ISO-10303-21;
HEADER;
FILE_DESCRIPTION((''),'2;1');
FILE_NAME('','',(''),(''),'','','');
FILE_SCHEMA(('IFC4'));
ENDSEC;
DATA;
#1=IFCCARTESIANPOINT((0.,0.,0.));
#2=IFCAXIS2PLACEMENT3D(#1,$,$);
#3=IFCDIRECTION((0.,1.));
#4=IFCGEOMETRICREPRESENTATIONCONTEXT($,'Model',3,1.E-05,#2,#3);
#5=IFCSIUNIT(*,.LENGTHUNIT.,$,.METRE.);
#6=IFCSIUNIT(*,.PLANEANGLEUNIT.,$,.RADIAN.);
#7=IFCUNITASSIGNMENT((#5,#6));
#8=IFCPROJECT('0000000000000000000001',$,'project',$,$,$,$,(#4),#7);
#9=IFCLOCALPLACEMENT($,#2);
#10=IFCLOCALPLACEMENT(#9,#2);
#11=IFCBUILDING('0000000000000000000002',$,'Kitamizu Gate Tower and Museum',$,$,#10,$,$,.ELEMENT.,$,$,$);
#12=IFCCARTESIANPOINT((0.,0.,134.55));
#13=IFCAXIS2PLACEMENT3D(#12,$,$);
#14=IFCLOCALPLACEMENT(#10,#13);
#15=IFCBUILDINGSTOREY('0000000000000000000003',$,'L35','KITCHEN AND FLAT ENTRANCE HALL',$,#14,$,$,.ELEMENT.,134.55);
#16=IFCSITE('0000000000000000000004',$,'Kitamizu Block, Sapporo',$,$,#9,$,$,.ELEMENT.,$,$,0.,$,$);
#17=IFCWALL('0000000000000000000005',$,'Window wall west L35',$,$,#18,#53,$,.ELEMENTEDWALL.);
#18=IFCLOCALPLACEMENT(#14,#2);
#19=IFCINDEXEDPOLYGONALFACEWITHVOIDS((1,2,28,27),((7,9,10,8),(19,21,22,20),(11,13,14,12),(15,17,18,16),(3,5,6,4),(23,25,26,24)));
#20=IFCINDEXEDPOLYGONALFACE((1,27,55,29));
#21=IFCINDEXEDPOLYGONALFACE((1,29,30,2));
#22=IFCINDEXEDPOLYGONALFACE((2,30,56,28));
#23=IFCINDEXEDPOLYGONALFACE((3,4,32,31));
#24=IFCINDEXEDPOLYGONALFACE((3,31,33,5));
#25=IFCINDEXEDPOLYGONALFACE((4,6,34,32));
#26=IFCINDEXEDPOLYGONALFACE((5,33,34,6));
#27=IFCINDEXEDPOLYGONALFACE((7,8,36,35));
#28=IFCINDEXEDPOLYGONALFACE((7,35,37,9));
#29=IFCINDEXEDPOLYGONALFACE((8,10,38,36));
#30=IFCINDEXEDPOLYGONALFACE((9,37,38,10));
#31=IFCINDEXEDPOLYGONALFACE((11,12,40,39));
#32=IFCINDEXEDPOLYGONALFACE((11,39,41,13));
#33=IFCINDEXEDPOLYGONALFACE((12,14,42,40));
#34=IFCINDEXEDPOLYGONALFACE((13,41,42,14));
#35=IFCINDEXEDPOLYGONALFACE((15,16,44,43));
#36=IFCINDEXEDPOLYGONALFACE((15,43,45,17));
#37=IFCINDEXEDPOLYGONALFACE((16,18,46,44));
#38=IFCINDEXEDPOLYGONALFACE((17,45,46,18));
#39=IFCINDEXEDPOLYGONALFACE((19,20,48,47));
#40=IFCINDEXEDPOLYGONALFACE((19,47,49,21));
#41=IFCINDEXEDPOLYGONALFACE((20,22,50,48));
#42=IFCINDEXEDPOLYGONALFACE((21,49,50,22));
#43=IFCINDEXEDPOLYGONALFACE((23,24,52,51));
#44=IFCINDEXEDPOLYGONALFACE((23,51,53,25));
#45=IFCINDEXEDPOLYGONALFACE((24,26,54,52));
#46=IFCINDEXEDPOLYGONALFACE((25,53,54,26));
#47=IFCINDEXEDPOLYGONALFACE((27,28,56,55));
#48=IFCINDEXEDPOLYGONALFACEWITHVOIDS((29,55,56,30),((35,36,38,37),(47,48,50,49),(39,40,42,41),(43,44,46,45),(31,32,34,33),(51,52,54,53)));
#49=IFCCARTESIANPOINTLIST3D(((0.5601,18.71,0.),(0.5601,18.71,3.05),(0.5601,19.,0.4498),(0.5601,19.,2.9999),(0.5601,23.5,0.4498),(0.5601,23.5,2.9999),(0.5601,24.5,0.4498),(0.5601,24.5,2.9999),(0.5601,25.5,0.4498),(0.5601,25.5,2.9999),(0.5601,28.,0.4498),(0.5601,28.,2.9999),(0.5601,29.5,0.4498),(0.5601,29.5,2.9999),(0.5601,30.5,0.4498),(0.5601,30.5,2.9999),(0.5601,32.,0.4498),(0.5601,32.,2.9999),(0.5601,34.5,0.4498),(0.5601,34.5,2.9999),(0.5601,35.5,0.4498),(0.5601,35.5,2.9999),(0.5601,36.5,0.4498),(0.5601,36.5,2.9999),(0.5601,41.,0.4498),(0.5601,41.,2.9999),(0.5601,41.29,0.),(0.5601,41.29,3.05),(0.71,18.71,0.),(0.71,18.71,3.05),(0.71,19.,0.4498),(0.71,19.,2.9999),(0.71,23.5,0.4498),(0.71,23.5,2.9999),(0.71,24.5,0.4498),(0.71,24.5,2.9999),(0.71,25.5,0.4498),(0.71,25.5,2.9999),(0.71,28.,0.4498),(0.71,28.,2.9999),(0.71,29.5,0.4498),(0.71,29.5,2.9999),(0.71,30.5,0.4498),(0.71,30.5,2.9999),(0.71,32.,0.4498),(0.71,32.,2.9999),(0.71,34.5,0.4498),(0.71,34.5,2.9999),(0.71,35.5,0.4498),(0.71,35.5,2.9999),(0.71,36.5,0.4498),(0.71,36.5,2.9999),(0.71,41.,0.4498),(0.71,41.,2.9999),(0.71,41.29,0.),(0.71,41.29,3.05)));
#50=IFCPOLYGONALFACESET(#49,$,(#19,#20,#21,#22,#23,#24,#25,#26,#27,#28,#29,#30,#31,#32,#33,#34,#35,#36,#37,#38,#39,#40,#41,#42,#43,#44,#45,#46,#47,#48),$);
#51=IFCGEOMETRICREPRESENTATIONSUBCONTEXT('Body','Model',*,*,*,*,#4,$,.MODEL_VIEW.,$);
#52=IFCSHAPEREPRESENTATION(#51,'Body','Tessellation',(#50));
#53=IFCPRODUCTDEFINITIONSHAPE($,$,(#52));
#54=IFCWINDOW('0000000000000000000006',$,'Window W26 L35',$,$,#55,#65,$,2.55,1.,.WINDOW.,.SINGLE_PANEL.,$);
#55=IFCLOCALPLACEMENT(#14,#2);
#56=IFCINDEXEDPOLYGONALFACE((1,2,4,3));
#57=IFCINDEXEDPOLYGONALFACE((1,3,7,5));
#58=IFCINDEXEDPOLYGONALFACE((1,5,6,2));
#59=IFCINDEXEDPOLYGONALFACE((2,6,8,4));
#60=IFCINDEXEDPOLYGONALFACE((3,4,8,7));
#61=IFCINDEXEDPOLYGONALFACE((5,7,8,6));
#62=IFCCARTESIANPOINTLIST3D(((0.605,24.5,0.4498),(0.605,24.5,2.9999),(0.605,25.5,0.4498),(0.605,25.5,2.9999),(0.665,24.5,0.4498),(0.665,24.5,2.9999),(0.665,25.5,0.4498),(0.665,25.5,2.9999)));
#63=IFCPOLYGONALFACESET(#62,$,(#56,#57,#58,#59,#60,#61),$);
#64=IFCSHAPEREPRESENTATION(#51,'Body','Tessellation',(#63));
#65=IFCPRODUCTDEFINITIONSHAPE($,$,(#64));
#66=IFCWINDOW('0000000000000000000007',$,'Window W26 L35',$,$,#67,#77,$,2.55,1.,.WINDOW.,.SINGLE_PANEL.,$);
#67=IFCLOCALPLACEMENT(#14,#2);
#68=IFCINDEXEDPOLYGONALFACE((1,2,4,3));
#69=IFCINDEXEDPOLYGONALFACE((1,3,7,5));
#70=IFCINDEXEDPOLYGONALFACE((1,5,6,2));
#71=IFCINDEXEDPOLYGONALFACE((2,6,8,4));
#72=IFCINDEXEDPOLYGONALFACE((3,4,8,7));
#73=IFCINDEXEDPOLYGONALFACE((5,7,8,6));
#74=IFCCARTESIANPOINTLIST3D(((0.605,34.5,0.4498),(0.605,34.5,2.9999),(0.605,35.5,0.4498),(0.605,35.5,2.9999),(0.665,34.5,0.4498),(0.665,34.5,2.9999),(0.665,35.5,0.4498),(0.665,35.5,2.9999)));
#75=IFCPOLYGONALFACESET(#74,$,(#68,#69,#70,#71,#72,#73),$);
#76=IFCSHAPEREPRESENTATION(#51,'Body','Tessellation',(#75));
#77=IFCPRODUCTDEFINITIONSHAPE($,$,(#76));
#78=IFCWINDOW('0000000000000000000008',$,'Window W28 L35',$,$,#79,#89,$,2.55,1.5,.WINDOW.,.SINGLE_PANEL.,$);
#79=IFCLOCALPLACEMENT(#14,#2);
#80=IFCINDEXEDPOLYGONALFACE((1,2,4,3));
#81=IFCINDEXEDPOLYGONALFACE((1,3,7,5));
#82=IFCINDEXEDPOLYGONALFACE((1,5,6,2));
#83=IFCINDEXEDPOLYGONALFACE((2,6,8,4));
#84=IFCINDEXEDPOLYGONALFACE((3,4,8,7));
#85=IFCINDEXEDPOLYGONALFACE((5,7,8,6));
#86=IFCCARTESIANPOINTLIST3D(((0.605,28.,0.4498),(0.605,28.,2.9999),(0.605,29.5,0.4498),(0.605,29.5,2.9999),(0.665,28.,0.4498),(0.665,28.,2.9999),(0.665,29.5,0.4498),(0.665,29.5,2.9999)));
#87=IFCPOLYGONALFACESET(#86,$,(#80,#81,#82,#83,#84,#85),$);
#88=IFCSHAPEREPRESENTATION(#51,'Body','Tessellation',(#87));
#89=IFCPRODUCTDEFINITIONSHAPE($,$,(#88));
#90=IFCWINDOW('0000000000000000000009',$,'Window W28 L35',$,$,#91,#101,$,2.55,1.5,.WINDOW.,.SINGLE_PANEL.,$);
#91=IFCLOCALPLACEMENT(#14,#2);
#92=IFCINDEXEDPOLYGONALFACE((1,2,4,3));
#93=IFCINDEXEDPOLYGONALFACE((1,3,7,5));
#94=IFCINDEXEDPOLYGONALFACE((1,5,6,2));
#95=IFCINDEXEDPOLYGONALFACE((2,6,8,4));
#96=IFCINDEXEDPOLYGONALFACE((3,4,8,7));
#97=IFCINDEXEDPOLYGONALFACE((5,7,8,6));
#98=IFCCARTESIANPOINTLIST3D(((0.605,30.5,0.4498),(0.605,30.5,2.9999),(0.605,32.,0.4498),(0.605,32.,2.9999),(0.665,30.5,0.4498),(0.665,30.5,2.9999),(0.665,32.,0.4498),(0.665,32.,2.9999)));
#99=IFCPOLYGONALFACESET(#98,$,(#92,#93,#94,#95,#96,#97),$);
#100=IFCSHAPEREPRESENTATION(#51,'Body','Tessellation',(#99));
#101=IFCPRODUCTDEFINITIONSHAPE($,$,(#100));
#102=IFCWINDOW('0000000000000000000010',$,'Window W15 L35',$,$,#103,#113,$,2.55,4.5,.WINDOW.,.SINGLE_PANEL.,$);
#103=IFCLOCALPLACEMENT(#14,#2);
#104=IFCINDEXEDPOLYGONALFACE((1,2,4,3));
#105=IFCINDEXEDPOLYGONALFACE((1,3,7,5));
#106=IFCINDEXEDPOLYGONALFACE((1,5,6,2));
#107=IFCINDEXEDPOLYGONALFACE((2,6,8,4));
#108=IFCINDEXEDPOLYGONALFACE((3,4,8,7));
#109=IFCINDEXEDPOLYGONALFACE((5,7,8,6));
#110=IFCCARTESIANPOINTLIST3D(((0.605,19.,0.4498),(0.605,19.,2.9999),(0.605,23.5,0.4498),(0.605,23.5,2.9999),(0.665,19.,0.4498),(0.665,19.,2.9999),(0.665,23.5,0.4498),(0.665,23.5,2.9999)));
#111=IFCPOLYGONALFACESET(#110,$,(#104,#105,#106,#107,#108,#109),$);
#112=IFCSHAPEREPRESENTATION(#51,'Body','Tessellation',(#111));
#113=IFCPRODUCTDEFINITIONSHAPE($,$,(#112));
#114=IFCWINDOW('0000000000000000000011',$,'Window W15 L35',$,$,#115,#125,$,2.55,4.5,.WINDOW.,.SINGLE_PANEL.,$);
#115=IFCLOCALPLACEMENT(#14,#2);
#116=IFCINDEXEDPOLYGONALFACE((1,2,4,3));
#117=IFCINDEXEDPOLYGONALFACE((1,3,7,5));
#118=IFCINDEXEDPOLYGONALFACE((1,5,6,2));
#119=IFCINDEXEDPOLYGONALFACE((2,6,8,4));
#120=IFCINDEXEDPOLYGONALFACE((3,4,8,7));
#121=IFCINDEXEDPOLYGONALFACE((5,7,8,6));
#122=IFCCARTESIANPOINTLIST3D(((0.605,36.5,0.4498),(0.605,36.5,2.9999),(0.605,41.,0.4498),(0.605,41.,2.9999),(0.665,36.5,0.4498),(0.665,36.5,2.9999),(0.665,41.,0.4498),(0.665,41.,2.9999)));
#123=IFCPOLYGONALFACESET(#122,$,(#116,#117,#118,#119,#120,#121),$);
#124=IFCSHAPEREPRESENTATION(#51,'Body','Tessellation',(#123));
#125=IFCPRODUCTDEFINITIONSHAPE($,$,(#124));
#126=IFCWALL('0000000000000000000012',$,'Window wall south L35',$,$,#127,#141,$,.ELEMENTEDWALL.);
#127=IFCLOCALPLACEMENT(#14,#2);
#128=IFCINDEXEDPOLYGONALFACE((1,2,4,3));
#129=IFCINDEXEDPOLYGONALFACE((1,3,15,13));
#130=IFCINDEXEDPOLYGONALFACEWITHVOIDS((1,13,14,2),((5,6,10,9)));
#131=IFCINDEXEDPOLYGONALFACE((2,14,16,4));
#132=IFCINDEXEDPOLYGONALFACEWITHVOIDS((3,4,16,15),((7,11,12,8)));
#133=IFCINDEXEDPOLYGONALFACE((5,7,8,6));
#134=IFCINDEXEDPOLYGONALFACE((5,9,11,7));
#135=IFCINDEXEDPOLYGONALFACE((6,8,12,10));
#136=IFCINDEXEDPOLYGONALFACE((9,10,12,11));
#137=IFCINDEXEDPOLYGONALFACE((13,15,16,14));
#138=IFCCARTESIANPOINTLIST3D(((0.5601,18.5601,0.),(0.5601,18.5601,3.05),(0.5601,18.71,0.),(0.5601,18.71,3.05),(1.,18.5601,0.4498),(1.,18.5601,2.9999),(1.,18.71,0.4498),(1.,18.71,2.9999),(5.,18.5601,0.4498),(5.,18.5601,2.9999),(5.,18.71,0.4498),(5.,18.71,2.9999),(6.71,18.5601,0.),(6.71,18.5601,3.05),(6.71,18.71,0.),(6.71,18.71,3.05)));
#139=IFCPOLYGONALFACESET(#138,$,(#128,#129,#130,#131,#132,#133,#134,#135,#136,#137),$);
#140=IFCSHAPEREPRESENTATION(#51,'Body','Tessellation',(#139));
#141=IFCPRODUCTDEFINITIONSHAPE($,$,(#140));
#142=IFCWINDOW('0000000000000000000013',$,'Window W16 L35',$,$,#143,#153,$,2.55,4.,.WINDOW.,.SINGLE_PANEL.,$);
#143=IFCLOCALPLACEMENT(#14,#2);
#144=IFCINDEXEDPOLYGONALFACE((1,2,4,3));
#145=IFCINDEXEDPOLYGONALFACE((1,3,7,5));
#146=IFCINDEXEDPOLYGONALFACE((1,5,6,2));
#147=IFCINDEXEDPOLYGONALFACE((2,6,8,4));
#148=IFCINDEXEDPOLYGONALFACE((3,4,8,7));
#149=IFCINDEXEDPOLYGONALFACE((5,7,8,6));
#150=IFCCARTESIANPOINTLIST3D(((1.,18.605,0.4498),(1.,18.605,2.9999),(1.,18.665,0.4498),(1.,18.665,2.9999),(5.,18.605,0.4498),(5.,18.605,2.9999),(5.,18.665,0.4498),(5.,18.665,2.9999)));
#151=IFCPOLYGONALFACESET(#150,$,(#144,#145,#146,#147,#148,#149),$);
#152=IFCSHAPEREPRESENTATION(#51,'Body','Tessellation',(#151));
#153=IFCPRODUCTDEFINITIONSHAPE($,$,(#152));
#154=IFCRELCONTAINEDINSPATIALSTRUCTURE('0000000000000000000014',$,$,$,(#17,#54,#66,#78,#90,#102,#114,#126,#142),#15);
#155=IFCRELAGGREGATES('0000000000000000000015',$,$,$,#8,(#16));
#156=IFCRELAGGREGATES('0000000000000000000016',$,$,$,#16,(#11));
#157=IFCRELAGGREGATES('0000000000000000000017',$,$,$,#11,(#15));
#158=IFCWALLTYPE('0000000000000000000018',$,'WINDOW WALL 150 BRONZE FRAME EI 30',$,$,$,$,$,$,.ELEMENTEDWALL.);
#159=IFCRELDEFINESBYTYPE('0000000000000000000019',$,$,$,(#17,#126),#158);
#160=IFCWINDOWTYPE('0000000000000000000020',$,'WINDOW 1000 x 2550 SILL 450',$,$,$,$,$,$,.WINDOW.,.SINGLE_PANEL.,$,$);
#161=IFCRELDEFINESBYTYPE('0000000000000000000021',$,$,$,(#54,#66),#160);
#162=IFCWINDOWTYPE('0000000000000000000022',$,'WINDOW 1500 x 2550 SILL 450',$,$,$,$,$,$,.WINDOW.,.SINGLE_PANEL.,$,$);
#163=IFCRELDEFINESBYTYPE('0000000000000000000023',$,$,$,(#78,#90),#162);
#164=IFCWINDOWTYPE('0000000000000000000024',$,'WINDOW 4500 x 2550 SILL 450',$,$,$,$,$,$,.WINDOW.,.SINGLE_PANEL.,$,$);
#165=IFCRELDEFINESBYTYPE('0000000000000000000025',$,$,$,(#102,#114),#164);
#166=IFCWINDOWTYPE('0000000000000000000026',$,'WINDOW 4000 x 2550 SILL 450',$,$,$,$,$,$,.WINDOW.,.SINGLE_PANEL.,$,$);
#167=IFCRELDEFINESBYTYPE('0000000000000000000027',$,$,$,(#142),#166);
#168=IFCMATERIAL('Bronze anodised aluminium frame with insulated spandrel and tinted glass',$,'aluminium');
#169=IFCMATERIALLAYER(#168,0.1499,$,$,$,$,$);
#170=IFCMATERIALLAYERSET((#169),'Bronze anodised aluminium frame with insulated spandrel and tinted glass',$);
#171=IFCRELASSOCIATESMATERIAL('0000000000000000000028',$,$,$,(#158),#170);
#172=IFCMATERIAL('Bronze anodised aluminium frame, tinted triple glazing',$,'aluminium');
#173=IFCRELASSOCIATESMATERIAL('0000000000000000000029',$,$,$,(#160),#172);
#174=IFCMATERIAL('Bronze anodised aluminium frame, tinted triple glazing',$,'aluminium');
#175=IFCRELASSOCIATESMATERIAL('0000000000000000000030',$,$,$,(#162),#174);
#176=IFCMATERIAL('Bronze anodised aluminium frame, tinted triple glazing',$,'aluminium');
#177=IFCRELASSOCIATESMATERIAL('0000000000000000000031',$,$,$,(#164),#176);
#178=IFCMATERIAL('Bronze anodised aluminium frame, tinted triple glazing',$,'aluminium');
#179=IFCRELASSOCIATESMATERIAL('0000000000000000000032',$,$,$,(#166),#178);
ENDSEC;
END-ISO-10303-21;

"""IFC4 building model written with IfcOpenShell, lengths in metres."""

from ifc_helpers import new_model, si_unit, direction, frame, frame_2d, origin, place, context, subcontext, project, spatial, rectangle, extrude, material, layer, layer_set, type_object, element, fill, save


model = new_model("IFC4")

# Units and contexts
model_context = context("Model", 3, precision=1e-05, world=origin(), true_north=direction((0.0, 1.0)))
body_context = subcontext(model_context, "Body", "Model", "MODEL_VIEW")
ifc_project = project(units=[si_unit("LENGTHUNIT", "METRE"), si_unit("PLANEANGLEUNIT", "RADIAN")], contexts=[model_context])

# Site, building, storey
site_placement = place(None, origin())
site = spatial("IfcSite", under=ifc_project, at=site_placement, Name="Kitamizu Block, Sapporo", CompositionType="ELEMENT", RefElevation=0.0)
building_placement = place(site_placement, origin())
building = spatial("IfcBuilding", under=site, at=building_placement, Name="Kitamizu Gate Tower and Museum", CompositionType="ELEMENT")
storey_placement = place(building_placement, frame((0.0, 0.0, 134.55)))
storey = spatial("IfcBuildingStorey", under=building, at=storey_placement, Name="L35", Description="KITCHEN AND FLAT ENTRANCE HALL", CompositionType="ELEMENT", Elevation=134.55)

# Wall, openings, windows
ifc_material_1 = material(Name="Bronze anodised aluminium frame with insulated spandrel and tinted glass", Category="aluminium")
ifc_layer = layer(ifc_material_1, 0.1499)
ifc_layer_set = layer_set([ifc_layer], Name="Bronze anodised aluminium frame with insulated spandrel and tinted glass")
wall_type = type_object("IfcWallType", Name="WINDOW WALL 150 BRONZE FRAME EI 30", PredefinedType="ELEMENTEDWALL", material=ifc_layer_set)
wall_1_placement = place(storey_placement, frame((0.635, 18.71, 0.0), z_axis=(0.0, 0.0, 1.0), x_axis=(0.0, 1.0, 0.0)))
wall_1 = element("IfcWall", 1, at=wall_1_placement, inside=storey, type_object=wall_type, Name="Window wall west L35", PredefinedType="ELEMENTEDWALL", context=body_context, shape_type="SweptSolid", body=[
    extrude(rectangle(XDim=22.5801, YDim=0.1499, at=frame_2d((11.29, 0.0))), origin(), (0.0, 0.0, 1.0), 3.05),
])
opening_1_placement = place(wall_1_placement, frame((0.29, 0.0, 0.45)))
opening_1 = element("IfcOpeningElement", 2, at=opening_1_placement, cuts=wall_1, PredefinedType="OPENING", context=body_context, shape_type="SweptSolid", body=[
    extrude(rectangle(XDim=4.5, YDim=2.55, at=frame_2d((2.25, 1.2749))), frame((0.0, 0.085, 0.0), z_axis=(0.0, -1.0, 0.0), x_axis=(1.0, 0.0, 0.0)), (0.0, 0.0, 1.0), 0.1699),
])
opening_2_placement = place(wall_1_placement, frame((5.79, 0.0, 0.45)))
opening_2 = element("IfcOpeningElement", 3, at=opening_2_placement, cuts=wall_1, PredefinedType="OPENING", context=body_context, shape_type="SweptSolid", body=[
    extrude(rectangle(XDim=1.0, YDim=2.55, at=frame_2d((0.5, 1.2749))), frame((0.0, 0.085, 0.0), z_axis=(0.0, -1.0, 0.0), x_axis=(1.0, 0.0, 0.0)), (0.0, 0.0, 1.0), 0.1699),
])
opening_3_placement = place(wall_1_placement, frame((9.29, 0.0, 0.45)))
opening_3 = element("IfcOpeningElement", 4, at=opening_3_placement, cuts=wall_1, PredefinedType="OPENING", context=body_context, shape_type="SweptSolid", body=[
    extrude(rectangle(XDim=1.5, YDim=2.55, at=frame_2d((0.75, 1.2749))), frame((0.0, 0.085, 0.0), z_axis=(0.0, -1.0, 0.0), x_axis=(1.0, 0.0, 0.0)), (0.0, 0.0, 1.0), 0.1699),
])
opening_4_placement = place(wall_1_placement, frame((11.79, 0.0, 0.45)))
opening_4 = element("IfcOpeningElement", 5, at=opening_4_placement, cuts=wall_1, PredefinedType="OPENING", context=body_context, shape_type="SweptSolid", body=[
    extrude(rectangle(XDim=1.5, YDim=2.55, at=frame_2d((0.75, 1.2749))), frame((0.0, 0.085, 0.0), z_axis=(0.0, -1.0, 0.0), x_axis=(1.0, 0.0, 0.0)), (0.0, 0.0, 1.0), 0.1699),
])
opening_5_placement = place(wall_1_placement, frame((15.79, 0.0, 0.45)))
opening_5 = element("IfcOpeningElement", 6, at=opening_5_placement, cuts=wall_1, PredefinedType="OPENING", context=body_context, shape_type="SweptSolid", body=[
    extrude(rectangle(XDim=1.0, YDim=2.55, at=frame_2d((0.5, 1.2749))), frame((0.0, 0.085, 0.0), z_axis=(0.0, -1.0, 0.0), x_axis=(1.0, 0.0, 0.0)), (0.0, 0.0, 1.0), 0.1699),
])
opening_6_placement = place(wall_1_placement, frame((17.79, 0.0, 0.45)))
opening_6 = element("IfcOpeningElement", 7, at=opening_6_placement, cuts=wall_1, PredefinedType="OPENING", context=body_context, shape_type="SweptSolid", body=[
    extrude(rectangle(XDim=4.5, YDim=2.55, at=frame_2d((2.25, 1.2749))), frame((0.0, 0.085, 0.0), z_axis=(0.0, -1.0, 0.0), x_axis=(1.0, 0.0, 0.0)), (0.0, 0.0, 1.0), 0.1699),
])
ifc_material_2 = material(Name="Bronze anodised aluminium frame, tinted triple glazing", Category="aluminium")
window_type_1 = type_object("IfcWindowType", Name="WINDOW 1000 x 2550 SILL 450", PartitioningType="SINGLE_PANEL", PredefinedType="WINDOW", material=ifc_material_2)
window_1_placement = place(opening_2_placement, origin())
window_1 = element("IfcWindow", 8, at=window_1_placement, inside=storey, type_object=window_type_1, Name="Window W26 L35", OverallHeight=2.55, OverallWidth=1.0, PartitioningType="SINGLE_PANEL", PredefinedType="WINDOW", context=body_context, shape_type="SweptSolid", body=[
    extrude(rectangle(XDim=1.0, YDim=2.55, at=frame_2d((0.5, 1.2749))), frame((0.0, 0.03, 0.0), z_axis=(0.0, -1.0, 0.0), x_axis=(1.0, 0.0, 0.0)), (0.0, 0.0, 1.0), 0.0601),
])
fill(opening_2, window_1)
window_2_placement = place(opening_5_placement, origin())
window_2 = element("IfcWindow", 9, at=window_2_placement, inside=storey, type_object=window_type_1, Name="Window W26 L35", OverallHeight=2.55, OverallWidth=1.0, PartitioningType="SINGLE_PANEL", PredefinedType="WINDOW", context=body_context, shape_type="SweptSolid", body=[
    extrude(rectangle(XDim=1.0, YDim=2.55, at=frame_2d((0.5, 1.2749))), frame((0.0, 0.03, 0.0), z_axis=(0.0, -1.0, 0.0), x_axis=(1.0, 0.0, 0.0)), (0.0, 0.0, 1.0), 0.0601),
])
fill(opening_5, window_2)
ifc_material_3 = material(Name="Bronze anodised aluminium frame, tinted triple glazing", Category="aluminium")
window_type_2 = type_object("IfcWindowType", Name="WINDOW 1500 x 2550 SILL 450", PartitioningType="SINGLE_PANEL", PredefinedType="WINDOW", material=ifc_material_3)
window_3_placement = place(opening_3_placement, origin())
window_3 = element("IfcWindow", 10, at=window_3_placement, inside=storey, type_object=window_type_2, Name="Window W28 L35", OverallHeight=2.55, OverallWidth=1.5, PartitioningType="SINGLE_PANEL", PredefinedType="WINDOW", context=body_context, shape_type="SweptSolid", body=[
    extrude(rectangle(XDim=1.5, YDim=2.55, at=frame_2d((0.75, 1.2749))), frame((0.0, 0.03, 0.0), z_axis=(0.0, -1.0, 0.0), x_axis=(1.0, 0.0, 0.0)), (0.0, 0.0, 1.0), 0.0601),
])
fill(opening_3, window_3)
window_4_placement = place(opening_4_placement, origin())
window_4 = element("IfcWindow", 11, at=window_4_placement, inside=storey, type_object=window_type_2, Name="Window W28 L35", OverallHeight=2.55, OverallWidth=1.5, PartitioningType="SINGLE_PANEL", PredefinedType="WINDOW", context=body_context, shape_type="SweptSolid", body=[
    extrude(rectangle(XDim=1.5, YDim=2.55, at=frame_2d((0.75, 1.2749))), frame((0.0, 0.03, 0.0), z_axis=(0.0, -1.0, 0.0), x_axis=(1.0, 0.0, 0.0)), (0.0, 0.0, 1.0), 0.0601),
])
fill(opening_4, window_4)
ifc_material_4 = material(Name="Bronze anodised aluminium frame, tinted triple glazing", Category="aluminium")
window_type_3 = type_object("IfcWindowType", Name="WINDOW 4500 x 2550 SILL 450", PartitioningType="SINGLE_PANEL", PredefinedType="WINDOW", material=ifc_material_4)
window_5_placement = place(opening_1_placement, origin())
window_5 = element("IfcWindow", 12, at=window_5_placement, inside=storey, type_object=window_type_3, Name="Window W15 L35", OverallHeight=2.55, OverallWidth=4.5, PartitioningType="SINGLE_PANEL", PredefinedType="WINDOW", context=body_context, shape_type="SweptSolid", body=[
    extrude(rectangle(XDim=4.5, YDim=2.55, at=frame_2d((2.25, 1.2749))), frame((0.0, 0.03, 0.0), z_axis=(0.0, -1.0, 0.0), x_axis=(1.0, 0.0, 0.0)), (0.0, 0.0, 1.0), 0.0601),
])
fill(opening_1, window_5)
window_6_placement = place(opening_6_placement, origin())
window_6 = element("IfcWindow", 13, at=window_6_placement, inside=storey, type_object=window_type_3, Name="Window W15 L35", OverallHeight=2.55, OverallWidth=4.5, PartitioningType="SINGLE_PANEL", PredefinedType="WINDOW", context=body_context, shape_type="SweptSolid", body=[
    extrude(rectangle(XDim=4.5, YDim=2.55, at=frame_2d((2.25, 1.2749))), frame((0.0, 0.03, 0.0), z_axis=(0.0, -1.0, 0.0), x_axis=(1.0, 0.0, 0.0)), (0.0, 0.0, 1.0), 0.0601),
])
fill(opening_6, window_6)

# Wall, opening, window
wall_2_placement = place(storey_placement, frame((0.5601, 18.635, 0.0), z_axis=(0.0, 0.0, 1.0), x_axis=(1.0, 0.0, 0.0)))
wall_2 = element("IfcWall", 14, at=wall_2_placement, inside=storey, type_object=wall_type, Name="Window wall south L35", PredefinedType="ELEMENTEDWALL", context=body_context, shape_type="SweptSolid", body=[
    extrude(rectangle(XDim=6.1499, YDim=0.1499, at=frame_2d((3.075, 0.0))), origin(), (0.0, 0.0, 1.0), 3.05),
])
opening_7_placement = place(wall_2_placement, frame((0.4399, 0.0, 0.45)))
opening_7 = element("IfcOpeningElement", 15, at=opening_7_placement, cuts=wall_2, PredefinedType="OPENING", context=body_context, shape_type="SweptSolid", body=[
    extrude(rectangle(XDim=4.0, YDim=2.55, at=frame_2d((2.0, 1.2749))), frame((0.0, 0.085, 0.0), z_axis=(0.0, -1.0, 0.0), x_axis=(1.0, 0.0, 0.0)), (0.0, 0.0, 1.0), 0.1699),
])
ifc_material_5 = material(Name="Bronze anodised aluminium frame, tinted triple glazing", Category="aluminium")
window_type_4 = type_object("IfcWindowType", Name="WINDOW 4000 x 2550 SILL 450", PartitioningType="SINGLE_PANEL", PredefinedType="WINDOW", material=ifc_material_5)
window_7_placement = place(opening_7_placement, origin())
window_7 = element("IfcWindow", 16, at=window_7_placement, inside=storey, type_object=window_type_4, Name="Window W16 L35", OverallHeight=2.55, OverallWidth=4.0, PartitioningType="SINGLE_PANEL", PredefinedType="WINDOW", context=body_context, shape_type="SweptSolid", body=[
    extrude(rectangle(XDim=4.0, YDim=2.55, at=frame_2d((2.0, 1.2749))), frame((0.0, 0.03, 0.0), z_axis=(0.0, -1.0, 0.0), x_axis=(1.0, 0.0, 0.0)), (0.0, 0.0, 1.0), 0.0601),
])
fill(opening_7, window_7)

save(model, "model.ifc")
